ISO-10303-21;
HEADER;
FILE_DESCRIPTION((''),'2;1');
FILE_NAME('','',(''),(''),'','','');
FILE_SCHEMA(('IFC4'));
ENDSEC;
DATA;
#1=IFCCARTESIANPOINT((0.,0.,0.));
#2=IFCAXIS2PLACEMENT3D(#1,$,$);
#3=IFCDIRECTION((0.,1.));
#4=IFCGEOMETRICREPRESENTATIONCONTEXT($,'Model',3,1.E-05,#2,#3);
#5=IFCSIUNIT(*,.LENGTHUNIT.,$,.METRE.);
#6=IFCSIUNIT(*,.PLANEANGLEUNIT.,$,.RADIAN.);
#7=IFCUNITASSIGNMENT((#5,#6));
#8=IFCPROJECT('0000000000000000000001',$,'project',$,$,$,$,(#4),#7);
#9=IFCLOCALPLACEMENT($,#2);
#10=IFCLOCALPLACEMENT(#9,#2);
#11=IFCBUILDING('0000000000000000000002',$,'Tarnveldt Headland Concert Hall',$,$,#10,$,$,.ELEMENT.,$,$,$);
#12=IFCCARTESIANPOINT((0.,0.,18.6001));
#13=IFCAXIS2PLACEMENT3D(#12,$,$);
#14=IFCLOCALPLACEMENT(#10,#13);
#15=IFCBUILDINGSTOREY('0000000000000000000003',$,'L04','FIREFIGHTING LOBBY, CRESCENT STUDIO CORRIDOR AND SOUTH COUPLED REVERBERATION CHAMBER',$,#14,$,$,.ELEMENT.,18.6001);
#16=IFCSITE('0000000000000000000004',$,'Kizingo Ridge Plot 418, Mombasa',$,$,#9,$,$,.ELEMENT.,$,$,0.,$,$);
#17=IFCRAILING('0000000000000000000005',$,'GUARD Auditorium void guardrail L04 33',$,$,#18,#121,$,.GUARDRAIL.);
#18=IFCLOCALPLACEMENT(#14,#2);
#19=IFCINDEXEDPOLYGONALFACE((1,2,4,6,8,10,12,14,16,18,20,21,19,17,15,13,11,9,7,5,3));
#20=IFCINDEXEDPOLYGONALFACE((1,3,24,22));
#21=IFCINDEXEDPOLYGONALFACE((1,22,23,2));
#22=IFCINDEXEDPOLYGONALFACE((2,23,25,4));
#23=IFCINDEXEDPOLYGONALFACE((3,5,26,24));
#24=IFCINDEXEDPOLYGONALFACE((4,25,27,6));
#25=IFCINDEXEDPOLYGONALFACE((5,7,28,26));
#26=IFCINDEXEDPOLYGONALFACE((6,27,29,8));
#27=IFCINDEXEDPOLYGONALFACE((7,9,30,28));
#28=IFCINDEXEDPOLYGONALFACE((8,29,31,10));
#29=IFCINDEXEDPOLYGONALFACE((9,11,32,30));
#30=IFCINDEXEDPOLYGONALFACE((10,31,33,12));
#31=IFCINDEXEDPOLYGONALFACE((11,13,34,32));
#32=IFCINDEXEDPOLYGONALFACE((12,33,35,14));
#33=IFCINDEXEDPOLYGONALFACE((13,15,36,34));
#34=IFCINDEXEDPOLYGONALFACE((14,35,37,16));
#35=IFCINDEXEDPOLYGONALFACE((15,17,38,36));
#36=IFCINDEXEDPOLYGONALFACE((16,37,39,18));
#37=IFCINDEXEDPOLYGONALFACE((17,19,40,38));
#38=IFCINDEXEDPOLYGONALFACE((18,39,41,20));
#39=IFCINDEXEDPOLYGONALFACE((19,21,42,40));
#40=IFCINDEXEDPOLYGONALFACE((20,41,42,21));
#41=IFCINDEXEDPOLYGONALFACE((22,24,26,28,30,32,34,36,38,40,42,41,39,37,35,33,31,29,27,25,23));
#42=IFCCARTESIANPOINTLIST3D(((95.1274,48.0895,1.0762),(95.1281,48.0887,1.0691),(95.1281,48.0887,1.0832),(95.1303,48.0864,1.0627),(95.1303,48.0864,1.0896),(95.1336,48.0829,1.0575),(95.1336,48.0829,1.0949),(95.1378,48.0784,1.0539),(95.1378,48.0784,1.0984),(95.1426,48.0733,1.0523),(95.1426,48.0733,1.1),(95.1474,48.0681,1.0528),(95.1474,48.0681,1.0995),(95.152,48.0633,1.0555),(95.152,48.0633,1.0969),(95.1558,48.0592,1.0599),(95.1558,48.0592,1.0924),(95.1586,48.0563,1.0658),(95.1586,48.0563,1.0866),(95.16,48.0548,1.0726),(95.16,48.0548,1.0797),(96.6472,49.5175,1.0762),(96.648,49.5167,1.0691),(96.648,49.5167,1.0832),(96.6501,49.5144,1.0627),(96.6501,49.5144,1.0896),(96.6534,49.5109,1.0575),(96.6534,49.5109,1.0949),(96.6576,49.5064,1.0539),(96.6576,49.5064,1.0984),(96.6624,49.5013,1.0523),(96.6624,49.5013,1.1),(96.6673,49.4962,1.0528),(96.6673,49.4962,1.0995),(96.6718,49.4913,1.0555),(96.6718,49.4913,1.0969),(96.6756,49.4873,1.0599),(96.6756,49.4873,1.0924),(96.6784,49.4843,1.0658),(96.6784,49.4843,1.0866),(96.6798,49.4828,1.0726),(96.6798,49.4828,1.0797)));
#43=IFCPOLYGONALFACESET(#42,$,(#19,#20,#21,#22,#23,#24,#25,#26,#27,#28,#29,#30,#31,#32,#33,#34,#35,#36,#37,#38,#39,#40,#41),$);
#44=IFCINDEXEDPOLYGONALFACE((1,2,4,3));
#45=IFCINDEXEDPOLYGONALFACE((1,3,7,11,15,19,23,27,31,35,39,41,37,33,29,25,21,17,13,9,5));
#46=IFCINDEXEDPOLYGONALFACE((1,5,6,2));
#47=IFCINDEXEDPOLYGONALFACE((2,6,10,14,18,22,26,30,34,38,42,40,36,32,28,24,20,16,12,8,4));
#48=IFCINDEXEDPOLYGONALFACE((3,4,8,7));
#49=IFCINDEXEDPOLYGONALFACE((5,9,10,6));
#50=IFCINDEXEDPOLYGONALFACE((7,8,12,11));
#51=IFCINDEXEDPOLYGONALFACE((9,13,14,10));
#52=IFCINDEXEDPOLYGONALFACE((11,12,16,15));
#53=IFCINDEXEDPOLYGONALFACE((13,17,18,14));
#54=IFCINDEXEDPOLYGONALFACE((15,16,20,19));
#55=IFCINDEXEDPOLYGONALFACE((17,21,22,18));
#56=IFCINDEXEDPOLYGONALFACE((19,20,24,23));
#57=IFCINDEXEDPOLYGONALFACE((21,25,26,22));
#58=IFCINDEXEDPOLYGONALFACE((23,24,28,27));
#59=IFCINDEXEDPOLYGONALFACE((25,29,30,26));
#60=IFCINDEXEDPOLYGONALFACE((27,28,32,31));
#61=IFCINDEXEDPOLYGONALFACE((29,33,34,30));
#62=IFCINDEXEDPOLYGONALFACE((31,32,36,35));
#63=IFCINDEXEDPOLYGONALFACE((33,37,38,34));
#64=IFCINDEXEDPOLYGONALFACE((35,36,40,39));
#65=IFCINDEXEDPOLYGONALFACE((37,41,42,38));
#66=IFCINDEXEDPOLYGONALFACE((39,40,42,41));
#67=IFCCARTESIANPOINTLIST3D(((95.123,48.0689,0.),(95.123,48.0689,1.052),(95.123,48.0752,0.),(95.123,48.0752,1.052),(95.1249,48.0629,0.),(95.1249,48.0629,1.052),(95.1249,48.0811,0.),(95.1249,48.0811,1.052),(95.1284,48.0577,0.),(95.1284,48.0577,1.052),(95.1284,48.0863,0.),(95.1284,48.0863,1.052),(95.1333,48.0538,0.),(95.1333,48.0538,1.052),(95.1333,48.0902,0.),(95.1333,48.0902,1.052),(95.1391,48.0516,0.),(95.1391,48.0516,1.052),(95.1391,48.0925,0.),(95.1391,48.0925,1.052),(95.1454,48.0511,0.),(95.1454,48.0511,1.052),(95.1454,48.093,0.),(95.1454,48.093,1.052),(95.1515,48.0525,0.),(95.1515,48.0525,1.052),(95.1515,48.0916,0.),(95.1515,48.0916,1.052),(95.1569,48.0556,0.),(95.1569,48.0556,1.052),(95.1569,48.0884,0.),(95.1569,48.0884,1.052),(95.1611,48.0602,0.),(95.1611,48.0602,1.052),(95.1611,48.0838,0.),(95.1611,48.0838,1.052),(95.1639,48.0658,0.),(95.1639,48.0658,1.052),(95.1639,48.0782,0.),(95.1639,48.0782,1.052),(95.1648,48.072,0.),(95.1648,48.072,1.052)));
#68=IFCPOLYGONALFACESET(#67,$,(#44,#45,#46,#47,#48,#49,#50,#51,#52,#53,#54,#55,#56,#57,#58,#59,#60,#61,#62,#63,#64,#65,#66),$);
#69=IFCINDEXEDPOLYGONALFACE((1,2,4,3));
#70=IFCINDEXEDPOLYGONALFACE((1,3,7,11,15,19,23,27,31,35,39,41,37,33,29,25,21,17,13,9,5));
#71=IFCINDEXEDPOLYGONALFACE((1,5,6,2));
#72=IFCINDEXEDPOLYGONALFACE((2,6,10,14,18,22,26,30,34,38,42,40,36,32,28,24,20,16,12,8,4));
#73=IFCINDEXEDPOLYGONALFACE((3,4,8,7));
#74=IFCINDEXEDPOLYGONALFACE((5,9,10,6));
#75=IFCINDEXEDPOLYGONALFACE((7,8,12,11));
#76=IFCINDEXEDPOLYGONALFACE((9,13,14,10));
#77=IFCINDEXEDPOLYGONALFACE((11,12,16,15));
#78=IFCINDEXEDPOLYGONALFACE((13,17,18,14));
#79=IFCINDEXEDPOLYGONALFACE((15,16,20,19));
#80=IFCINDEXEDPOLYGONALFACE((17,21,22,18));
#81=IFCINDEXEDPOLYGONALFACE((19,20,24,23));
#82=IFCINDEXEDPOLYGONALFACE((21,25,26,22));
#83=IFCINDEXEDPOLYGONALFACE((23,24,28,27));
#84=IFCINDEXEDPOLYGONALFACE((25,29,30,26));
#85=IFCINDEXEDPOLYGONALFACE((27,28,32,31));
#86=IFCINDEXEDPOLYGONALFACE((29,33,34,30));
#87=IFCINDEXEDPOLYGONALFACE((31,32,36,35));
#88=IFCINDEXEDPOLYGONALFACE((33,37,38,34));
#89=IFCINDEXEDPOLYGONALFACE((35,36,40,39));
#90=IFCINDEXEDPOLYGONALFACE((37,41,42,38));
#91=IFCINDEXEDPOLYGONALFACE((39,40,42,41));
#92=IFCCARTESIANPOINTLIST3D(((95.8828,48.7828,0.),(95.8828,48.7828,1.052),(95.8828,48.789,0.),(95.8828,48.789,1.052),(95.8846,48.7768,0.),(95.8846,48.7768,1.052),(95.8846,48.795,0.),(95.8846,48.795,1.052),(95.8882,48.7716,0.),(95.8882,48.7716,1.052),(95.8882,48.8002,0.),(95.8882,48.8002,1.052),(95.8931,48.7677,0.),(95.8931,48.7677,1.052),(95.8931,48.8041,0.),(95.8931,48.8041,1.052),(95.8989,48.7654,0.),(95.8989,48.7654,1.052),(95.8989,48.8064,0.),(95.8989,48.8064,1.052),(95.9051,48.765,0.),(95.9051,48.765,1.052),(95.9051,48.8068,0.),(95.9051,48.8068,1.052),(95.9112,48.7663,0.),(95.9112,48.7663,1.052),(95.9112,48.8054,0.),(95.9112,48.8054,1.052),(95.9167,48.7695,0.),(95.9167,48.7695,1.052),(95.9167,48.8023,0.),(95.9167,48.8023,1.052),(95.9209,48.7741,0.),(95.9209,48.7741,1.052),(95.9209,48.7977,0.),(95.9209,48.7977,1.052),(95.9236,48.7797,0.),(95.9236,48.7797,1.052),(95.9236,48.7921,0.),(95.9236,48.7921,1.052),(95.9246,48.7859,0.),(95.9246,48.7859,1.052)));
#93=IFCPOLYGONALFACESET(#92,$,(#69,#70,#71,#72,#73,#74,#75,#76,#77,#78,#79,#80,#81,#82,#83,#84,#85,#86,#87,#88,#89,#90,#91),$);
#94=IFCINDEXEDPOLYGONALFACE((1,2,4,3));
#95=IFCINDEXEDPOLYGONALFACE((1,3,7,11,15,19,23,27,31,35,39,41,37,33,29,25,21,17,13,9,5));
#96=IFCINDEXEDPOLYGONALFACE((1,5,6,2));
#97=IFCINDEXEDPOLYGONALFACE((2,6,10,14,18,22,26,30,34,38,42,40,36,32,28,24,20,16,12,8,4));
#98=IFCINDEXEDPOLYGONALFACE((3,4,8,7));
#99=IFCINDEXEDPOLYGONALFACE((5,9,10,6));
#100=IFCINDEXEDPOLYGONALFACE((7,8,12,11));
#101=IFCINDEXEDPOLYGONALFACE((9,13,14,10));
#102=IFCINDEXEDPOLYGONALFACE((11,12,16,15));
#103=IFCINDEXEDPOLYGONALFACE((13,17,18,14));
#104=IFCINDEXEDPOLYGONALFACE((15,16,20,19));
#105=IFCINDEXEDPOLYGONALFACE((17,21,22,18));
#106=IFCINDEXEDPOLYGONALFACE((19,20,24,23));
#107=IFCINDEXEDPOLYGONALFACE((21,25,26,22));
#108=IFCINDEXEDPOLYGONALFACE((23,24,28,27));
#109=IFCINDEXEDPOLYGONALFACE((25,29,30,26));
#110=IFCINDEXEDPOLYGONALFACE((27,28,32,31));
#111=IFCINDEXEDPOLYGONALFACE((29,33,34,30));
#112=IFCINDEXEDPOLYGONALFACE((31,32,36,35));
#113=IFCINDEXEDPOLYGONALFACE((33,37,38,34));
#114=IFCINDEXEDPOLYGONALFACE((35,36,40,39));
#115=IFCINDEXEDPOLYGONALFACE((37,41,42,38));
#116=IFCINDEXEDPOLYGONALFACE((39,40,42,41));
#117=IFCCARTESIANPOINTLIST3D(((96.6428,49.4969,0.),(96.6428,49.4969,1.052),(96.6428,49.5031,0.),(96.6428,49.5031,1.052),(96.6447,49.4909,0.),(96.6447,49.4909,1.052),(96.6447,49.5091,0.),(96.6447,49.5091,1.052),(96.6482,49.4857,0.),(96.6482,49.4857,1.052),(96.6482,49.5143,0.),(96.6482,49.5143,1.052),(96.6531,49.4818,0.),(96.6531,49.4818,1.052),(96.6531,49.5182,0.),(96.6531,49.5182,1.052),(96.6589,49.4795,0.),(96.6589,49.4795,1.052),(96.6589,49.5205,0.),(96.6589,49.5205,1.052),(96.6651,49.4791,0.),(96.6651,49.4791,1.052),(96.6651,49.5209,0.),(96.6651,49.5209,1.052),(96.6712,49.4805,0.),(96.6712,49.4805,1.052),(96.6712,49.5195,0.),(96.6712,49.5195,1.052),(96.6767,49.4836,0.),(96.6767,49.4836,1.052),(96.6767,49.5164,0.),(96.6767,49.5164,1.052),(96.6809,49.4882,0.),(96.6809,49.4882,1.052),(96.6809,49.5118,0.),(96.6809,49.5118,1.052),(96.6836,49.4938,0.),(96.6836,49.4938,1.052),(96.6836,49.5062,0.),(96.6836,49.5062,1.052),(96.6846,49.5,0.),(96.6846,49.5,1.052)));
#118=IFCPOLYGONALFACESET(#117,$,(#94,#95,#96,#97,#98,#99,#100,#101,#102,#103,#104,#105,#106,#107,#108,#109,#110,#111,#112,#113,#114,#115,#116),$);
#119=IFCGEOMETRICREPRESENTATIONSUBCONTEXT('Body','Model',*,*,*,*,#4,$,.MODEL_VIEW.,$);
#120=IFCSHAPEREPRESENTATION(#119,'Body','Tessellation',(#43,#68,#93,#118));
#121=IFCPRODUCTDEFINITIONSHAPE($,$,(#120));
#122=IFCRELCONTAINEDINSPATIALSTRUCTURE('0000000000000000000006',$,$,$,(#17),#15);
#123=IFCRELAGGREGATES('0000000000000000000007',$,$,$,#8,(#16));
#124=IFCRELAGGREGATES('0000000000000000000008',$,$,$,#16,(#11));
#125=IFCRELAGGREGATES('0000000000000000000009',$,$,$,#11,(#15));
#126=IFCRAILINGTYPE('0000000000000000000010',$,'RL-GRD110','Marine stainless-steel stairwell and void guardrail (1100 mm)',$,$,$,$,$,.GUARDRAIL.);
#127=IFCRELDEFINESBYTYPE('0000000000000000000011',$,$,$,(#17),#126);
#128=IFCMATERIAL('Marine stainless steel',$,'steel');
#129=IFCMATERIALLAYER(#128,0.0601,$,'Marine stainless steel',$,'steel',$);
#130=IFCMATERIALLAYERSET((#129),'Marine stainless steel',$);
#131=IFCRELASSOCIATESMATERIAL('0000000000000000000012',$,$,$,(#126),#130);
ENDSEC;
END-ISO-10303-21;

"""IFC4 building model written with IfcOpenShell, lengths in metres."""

from ifc_helpers import new_model, si_unit, direction, frame, origin, origin_2d, place, context, subcontext, project, spatial, circle, extrude, material, layer, layer_set, type_object, element, save


model = new_model("IFC4")

# Units and contexts
model_context = context("Model", 3, precision=1e-05, world=origin(), true_north=direction((0.0, 1.0)))
body_context = subcontext(model_context, "Body", "Model", "MODEL_VIEW")
ifc_project = project(units=[si_unit("LENGTHUNIT", "METRE"), si_unit("PLANEANGLEUNIT", "RADIAN")], contexts=[model_context])

# Site, building, storey
site_placement = place(None, origin())
site = spatial("IfcSite", under=ifc_project, at=site_placement, Name="Kizingo Ridge Plot 418, Mombasa", CompositionType="ELEMENT", RefElevation=0.0)
building_placement = place(site_placement, origin())
building = spatial("IfcBuilding", under=site, at=building_placement, Name="Tarnveldt Headland Concert Hall", CompositionType="ELEMENT")
storey_placement = place(building_placement, frame((0.0, 0.0, 18.6001)))
storey = spatial("IfcBuildingStorey", under=building, at=storey_placement, Name="L04", Description="FIREFIGHTING LOBBY, CRESCENT STUDIO CORRIDOR AND SOUTH COUPLED REVERBERATION CHAMBER", CompositionType="ELEMENT", Elevation=18.6001)

# Railing
ifc_material_1 = material(Name="Marine stainless steel", Category="steel")
ifc_layer_1 = layer(ifc_material_1, 0.0601, Name="Marine stainless steel", Category="steel")
ifc_layer_set_1 = layer_set([ifc_layer_1], Name="Marine stainless steel")
railing_type_1 = type_object("IfcRailingType", Name="RL-GRD110", Description="Marine stainless-steel stairwell and void guardrail (1100 mm)", PredefinedType="GUARDRAIL", material=ifc_layer_set_1)
railing_1_placement = place(storey_placement, frame((95.1438, 48.072, 0.0)))
element("IfcRailing", 1, at=railing_1_placement, inside=storey, type_object=railing_type_1, Name="GUARD Auditorium void guardrail L04 33", PredefinedType="GUARDRAIL", context=body_context, shape_type="SweptSolid", body=[
    extrude(circle(Radius=0.0239, at=origin_2d()), frame((0.0, 0.0, 1.0762), z_axis=(0.728774, 0.684755, 0.0), x_axis=(-0.684755, 0.728774, 0.0)), (0.0, 0.0, 1.0), 2.0854),
    extrude(circle(Radius=0.021, at=origin_2d()), origin(), (0.0, 0.0, 1.0), 1.052),
    extrude(circle(Radius=0.021, at=origin_2d()), frame((0.7598, 0.7139, 0.0)), (0.0, 0.0, 1.0), 1.052),
    extrude(circle(Radius=0.021, at=origin_2d()), frame((1.5198, 1.428, 0.0)), (0.0, 0.0, 1.0), 1.052),
])

save(model, "model.ifc")
